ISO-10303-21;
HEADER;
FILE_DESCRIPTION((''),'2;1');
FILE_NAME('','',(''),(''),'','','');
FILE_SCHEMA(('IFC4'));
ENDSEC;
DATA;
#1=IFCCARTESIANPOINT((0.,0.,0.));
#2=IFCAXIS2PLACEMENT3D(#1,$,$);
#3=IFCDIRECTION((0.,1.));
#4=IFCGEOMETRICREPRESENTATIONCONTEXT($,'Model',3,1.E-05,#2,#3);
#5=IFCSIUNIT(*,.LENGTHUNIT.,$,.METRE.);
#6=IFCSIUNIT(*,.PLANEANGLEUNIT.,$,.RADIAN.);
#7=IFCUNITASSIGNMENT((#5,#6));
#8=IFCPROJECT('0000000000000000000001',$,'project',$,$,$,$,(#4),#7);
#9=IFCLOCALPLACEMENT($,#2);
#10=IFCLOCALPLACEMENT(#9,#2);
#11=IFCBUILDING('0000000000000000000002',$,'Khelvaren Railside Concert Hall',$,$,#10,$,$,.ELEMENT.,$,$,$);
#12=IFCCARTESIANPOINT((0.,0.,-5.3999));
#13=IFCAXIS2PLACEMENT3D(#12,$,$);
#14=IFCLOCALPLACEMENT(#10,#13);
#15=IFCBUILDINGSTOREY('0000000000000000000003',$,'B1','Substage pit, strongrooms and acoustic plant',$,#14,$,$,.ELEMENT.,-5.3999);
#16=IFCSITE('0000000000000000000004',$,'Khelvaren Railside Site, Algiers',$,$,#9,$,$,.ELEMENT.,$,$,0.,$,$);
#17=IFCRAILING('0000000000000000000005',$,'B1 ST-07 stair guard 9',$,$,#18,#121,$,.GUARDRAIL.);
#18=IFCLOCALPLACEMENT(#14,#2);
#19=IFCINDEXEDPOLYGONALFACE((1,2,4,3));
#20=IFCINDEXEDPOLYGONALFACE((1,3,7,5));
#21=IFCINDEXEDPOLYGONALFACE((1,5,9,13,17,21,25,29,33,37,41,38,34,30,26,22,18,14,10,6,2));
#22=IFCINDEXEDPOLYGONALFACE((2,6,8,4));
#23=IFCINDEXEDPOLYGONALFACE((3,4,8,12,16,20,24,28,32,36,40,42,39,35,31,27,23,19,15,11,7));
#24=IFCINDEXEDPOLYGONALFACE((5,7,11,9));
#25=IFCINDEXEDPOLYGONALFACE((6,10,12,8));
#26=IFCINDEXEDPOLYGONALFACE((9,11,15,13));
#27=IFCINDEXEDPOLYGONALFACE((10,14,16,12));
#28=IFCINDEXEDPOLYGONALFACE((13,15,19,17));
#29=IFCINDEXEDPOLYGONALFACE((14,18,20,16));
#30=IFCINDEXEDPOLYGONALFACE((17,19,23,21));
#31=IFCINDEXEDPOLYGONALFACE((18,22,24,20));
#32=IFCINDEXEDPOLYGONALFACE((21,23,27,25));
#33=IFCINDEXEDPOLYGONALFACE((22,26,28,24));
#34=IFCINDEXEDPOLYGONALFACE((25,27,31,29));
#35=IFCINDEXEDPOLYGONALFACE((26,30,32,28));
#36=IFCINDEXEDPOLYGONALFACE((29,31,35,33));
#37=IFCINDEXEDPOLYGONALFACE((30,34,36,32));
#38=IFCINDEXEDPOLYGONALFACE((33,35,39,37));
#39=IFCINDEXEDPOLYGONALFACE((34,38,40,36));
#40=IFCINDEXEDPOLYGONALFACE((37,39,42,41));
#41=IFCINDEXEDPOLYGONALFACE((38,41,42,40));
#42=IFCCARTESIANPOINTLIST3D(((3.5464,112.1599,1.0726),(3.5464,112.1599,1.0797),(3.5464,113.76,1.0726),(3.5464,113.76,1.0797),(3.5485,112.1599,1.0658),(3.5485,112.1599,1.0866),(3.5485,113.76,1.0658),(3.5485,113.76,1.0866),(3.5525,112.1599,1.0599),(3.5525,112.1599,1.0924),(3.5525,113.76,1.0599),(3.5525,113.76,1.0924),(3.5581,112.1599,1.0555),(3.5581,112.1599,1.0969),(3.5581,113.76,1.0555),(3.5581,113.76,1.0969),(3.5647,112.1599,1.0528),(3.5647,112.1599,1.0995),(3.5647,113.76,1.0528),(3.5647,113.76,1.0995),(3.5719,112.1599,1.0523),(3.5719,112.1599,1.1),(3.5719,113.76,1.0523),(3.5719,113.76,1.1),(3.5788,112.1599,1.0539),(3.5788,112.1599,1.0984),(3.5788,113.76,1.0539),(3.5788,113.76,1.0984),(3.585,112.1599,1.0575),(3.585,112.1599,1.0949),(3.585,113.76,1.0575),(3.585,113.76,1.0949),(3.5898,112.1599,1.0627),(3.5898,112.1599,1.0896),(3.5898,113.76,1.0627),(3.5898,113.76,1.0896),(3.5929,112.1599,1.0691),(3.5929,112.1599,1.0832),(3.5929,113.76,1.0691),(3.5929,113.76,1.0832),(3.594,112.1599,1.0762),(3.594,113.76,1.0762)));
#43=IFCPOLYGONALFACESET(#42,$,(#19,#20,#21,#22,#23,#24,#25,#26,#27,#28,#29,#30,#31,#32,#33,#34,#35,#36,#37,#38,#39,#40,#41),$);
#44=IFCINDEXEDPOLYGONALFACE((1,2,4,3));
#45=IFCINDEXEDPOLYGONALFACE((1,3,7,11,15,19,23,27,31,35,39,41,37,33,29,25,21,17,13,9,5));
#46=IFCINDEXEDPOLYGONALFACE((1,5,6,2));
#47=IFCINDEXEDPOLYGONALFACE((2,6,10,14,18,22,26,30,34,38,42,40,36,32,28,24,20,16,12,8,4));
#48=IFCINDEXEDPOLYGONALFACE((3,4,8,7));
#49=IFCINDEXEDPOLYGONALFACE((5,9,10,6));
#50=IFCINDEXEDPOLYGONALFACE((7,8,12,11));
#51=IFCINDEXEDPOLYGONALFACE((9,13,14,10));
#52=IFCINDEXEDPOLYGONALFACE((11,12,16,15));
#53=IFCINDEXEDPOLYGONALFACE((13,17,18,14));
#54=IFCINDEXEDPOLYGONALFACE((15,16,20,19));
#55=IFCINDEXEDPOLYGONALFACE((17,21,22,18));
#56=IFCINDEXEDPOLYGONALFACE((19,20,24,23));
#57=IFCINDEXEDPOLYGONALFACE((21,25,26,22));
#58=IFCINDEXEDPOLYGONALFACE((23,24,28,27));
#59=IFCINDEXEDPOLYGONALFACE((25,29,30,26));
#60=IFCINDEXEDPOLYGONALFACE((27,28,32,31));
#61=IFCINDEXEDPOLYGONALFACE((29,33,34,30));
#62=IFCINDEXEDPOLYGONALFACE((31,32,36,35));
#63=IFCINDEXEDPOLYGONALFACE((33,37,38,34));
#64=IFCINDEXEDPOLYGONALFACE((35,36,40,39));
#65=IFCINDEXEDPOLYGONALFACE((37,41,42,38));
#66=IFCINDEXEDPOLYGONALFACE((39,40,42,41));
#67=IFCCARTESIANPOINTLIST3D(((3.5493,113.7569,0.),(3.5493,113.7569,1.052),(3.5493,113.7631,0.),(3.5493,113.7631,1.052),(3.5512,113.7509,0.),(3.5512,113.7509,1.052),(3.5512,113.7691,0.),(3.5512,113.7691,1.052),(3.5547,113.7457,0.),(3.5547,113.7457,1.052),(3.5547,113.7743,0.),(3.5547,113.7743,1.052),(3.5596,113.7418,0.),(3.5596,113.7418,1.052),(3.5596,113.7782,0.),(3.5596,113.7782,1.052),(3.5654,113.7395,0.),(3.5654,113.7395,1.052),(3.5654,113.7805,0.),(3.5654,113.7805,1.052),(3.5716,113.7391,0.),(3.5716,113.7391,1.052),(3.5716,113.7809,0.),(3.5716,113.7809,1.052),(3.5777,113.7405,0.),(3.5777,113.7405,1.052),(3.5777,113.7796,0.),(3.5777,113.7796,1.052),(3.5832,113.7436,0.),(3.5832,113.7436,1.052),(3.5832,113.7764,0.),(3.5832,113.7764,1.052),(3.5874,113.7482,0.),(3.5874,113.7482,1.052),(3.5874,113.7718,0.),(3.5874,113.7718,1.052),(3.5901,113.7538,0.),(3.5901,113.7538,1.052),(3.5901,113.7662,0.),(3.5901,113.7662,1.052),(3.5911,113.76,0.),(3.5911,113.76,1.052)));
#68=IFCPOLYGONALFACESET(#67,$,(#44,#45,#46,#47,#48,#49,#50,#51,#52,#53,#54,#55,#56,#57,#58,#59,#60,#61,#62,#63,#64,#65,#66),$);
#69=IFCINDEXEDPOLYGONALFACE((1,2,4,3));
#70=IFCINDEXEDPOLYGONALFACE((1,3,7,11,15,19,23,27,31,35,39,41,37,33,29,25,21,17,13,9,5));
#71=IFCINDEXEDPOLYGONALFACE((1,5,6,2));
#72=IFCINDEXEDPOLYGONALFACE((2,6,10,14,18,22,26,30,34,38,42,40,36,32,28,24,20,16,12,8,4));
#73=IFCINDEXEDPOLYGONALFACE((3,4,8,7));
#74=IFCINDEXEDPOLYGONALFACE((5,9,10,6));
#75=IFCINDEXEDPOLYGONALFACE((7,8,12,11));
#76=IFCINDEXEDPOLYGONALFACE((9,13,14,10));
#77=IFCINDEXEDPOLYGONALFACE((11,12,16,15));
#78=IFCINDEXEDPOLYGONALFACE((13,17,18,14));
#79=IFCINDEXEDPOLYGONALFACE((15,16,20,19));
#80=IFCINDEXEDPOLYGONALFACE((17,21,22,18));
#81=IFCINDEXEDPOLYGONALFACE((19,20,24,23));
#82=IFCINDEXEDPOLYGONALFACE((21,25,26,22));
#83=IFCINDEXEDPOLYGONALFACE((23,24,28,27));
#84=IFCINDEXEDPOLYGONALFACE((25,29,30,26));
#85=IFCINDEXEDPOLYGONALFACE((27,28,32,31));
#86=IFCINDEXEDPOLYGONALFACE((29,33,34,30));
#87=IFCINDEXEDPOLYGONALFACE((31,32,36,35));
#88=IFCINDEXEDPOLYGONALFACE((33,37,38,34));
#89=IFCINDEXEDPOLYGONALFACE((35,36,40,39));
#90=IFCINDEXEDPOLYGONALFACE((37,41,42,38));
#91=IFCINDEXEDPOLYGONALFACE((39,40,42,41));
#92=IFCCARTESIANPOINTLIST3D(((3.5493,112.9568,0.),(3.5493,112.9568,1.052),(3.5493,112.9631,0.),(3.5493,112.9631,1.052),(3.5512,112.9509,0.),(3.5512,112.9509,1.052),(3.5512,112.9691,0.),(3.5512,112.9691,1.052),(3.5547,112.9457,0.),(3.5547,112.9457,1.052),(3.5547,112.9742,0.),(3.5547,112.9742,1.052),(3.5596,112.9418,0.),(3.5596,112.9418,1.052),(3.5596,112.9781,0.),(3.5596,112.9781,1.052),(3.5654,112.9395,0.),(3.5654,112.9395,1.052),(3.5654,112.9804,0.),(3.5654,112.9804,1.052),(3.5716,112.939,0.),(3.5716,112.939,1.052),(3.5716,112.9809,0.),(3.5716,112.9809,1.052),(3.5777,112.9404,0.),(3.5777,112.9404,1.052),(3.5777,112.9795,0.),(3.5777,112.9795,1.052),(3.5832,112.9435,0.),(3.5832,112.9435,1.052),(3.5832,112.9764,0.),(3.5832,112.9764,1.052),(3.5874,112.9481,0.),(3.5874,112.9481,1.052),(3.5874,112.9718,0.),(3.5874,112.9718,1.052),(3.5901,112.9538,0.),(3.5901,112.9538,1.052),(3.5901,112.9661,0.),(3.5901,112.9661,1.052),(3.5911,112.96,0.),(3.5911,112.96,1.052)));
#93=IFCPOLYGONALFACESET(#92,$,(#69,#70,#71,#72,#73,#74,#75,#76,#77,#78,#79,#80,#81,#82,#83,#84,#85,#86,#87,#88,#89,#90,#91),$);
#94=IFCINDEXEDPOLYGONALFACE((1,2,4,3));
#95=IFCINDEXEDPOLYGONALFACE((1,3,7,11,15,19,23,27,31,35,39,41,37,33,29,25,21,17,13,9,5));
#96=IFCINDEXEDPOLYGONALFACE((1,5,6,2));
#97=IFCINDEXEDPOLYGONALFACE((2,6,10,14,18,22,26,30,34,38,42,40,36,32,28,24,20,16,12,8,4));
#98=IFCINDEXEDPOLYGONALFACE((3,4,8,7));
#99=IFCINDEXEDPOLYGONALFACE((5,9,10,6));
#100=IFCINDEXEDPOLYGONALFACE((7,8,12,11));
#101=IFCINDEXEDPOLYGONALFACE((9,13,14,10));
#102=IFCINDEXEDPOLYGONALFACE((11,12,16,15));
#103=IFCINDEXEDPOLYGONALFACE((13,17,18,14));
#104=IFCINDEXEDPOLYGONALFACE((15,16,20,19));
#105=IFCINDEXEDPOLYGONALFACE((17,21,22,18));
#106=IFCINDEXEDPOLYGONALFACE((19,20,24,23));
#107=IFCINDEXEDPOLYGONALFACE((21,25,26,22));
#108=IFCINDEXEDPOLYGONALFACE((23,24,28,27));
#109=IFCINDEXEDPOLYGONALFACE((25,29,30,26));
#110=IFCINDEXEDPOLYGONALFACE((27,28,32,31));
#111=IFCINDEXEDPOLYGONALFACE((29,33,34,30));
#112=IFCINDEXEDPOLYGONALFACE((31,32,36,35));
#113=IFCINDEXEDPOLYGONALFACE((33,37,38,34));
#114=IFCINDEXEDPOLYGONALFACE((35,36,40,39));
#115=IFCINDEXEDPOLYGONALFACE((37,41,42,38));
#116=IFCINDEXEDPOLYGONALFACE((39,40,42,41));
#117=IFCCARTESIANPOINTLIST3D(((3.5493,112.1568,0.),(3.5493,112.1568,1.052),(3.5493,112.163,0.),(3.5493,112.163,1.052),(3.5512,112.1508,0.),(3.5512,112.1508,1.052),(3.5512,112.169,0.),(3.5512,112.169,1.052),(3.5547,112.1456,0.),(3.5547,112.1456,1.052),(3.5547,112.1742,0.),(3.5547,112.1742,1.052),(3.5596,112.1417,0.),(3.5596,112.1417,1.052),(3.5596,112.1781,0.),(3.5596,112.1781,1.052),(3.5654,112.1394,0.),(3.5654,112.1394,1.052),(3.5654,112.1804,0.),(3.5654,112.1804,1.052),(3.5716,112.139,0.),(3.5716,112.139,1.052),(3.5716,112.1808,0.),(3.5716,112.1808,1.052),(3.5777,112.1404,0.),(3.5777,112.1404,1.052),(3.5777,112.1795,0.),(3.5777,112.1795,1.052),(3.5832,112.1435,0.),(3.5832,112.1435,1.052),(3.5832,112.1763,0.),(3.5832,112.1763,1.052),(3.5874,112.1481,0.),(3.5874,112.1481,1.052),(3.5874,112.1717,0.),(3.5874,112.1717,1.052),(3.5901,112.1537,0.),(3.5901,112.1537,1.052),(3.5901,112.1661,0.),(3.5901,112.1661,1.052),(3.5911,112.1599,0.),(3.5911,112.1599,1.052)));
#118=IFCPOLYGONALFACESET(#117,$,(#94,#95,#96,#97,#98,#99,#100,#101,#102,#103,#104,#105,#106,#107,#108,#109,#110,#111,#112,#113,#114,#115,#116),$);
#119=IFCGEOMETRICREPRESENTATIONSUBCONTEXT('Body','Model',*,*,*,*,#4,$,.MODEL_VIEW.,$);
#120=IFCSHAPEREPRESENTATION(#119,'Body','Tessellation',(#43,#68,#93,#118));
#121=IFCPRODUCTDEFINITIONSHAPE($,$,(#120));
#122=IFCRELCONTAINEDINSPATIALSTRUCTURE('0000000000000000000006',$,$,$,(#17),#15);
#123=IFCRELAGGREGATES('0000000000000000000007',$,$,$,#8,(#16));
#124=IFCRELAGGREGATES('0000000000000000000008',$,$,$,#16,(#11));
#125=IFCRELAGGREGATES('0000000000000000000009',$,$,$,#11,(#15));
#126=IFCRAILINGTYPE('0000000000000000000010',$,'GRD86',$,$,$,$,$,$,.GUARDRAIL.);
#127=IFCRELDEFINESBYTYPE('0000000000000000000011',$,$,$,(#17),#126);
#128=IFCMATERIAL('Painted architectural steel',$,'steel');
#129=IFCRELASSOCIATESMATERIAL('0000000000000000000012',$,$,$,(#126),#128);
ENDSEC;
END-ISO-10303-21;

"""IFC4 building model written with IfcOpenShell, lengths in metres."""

from ifc_helpers import new_model, si_unit, direction, frame, origin, origin_2d, place, context, subcontext, project, spatial, circle, extrude, material, type_object, element, save


model = new_model("IFC4")

# Units and contexts
model_context = context("Model", 3, precision=1e-05, world=origin(), true_north=direction((0.0, 1.0)))
body_context = subcontext(model_context, "Body", "Model", "MODEL_VIEW")
ifc_project = project(units=[si_unit("LENGTHUNIT", "METRE"), si_unit("PLANEANGLEUNIT", "RADIAN")], contexts=[model_context])

# Site, building, storey
site_placement = place(None, origin())
site = spatial("IfcSite", under=ifc_project, at=site_placement, Name="Khelvaren Railside Site, Algiers", CompositionType="ELEMENT", RefElevation=0.0)
building_placement = place(site_placement, origin())
building = spatial("IfcBuilding", under=site, at=building_placement, Name="Khelvaren Railside Concert Hall", CompositionType="ELEMENT")
storey_placement = place(building_placement, frame((0.0, 0.0, -5.3999)))
storey = spatial("IfcBuildingStorey", under=building, at=storey_placement, Name="B1", Description="Substage pit, strongrooms and acoustic plant", CompositionType="ELEMENT", Elevation=-5.3999)

# Railing
ifc_material_1 = material(Name="Painted architectural steel", Category="steel")
railing_type_1 = type_object("IfcRailingType", Name="GRD86", PredefinedType="GUARDRAIL", material=ifc_material_1)
for number, where, name in (
    (1, (3.5701, 113.76, 0.0), "B1 ST-07 stair guard 9"),
):
    element("IfcRailing", number, at=place(storey_placement, frame(where)), inside=storey, type_object=railing_type_1, Name=name, PredefinedType="GUARDRAIL", context=body_context, shape_type="SweptSolid", body=[
        extrude(circle(Radius=0.0239, at=origin_2d()), frame((0.0, 0.0, 1.0762), z_axis=(0.0, -1.0, 0.0), x_axis=(1.0, 0.0, 0.0)), (0.0, 0.0, 1.0), 1.6001),
        extrude(circle(Radius=0.021, at=origin_2d()), origin(), (0.0, 0.0, 1.0), 1.052),
        extrude(circle(Radius=0.021, at=origin_2d()), frame((0.0, -0.8, 0.0)), (0.0, 0.0, 1.0), 1.052),
        extrude(circle(Radius=0.021, at=origin_2d()), frame((0.0, -1.6001, 0.0)), (0.0, 0.0, 1.0), 1.052),
    ])

save(model, "model.ifc")
